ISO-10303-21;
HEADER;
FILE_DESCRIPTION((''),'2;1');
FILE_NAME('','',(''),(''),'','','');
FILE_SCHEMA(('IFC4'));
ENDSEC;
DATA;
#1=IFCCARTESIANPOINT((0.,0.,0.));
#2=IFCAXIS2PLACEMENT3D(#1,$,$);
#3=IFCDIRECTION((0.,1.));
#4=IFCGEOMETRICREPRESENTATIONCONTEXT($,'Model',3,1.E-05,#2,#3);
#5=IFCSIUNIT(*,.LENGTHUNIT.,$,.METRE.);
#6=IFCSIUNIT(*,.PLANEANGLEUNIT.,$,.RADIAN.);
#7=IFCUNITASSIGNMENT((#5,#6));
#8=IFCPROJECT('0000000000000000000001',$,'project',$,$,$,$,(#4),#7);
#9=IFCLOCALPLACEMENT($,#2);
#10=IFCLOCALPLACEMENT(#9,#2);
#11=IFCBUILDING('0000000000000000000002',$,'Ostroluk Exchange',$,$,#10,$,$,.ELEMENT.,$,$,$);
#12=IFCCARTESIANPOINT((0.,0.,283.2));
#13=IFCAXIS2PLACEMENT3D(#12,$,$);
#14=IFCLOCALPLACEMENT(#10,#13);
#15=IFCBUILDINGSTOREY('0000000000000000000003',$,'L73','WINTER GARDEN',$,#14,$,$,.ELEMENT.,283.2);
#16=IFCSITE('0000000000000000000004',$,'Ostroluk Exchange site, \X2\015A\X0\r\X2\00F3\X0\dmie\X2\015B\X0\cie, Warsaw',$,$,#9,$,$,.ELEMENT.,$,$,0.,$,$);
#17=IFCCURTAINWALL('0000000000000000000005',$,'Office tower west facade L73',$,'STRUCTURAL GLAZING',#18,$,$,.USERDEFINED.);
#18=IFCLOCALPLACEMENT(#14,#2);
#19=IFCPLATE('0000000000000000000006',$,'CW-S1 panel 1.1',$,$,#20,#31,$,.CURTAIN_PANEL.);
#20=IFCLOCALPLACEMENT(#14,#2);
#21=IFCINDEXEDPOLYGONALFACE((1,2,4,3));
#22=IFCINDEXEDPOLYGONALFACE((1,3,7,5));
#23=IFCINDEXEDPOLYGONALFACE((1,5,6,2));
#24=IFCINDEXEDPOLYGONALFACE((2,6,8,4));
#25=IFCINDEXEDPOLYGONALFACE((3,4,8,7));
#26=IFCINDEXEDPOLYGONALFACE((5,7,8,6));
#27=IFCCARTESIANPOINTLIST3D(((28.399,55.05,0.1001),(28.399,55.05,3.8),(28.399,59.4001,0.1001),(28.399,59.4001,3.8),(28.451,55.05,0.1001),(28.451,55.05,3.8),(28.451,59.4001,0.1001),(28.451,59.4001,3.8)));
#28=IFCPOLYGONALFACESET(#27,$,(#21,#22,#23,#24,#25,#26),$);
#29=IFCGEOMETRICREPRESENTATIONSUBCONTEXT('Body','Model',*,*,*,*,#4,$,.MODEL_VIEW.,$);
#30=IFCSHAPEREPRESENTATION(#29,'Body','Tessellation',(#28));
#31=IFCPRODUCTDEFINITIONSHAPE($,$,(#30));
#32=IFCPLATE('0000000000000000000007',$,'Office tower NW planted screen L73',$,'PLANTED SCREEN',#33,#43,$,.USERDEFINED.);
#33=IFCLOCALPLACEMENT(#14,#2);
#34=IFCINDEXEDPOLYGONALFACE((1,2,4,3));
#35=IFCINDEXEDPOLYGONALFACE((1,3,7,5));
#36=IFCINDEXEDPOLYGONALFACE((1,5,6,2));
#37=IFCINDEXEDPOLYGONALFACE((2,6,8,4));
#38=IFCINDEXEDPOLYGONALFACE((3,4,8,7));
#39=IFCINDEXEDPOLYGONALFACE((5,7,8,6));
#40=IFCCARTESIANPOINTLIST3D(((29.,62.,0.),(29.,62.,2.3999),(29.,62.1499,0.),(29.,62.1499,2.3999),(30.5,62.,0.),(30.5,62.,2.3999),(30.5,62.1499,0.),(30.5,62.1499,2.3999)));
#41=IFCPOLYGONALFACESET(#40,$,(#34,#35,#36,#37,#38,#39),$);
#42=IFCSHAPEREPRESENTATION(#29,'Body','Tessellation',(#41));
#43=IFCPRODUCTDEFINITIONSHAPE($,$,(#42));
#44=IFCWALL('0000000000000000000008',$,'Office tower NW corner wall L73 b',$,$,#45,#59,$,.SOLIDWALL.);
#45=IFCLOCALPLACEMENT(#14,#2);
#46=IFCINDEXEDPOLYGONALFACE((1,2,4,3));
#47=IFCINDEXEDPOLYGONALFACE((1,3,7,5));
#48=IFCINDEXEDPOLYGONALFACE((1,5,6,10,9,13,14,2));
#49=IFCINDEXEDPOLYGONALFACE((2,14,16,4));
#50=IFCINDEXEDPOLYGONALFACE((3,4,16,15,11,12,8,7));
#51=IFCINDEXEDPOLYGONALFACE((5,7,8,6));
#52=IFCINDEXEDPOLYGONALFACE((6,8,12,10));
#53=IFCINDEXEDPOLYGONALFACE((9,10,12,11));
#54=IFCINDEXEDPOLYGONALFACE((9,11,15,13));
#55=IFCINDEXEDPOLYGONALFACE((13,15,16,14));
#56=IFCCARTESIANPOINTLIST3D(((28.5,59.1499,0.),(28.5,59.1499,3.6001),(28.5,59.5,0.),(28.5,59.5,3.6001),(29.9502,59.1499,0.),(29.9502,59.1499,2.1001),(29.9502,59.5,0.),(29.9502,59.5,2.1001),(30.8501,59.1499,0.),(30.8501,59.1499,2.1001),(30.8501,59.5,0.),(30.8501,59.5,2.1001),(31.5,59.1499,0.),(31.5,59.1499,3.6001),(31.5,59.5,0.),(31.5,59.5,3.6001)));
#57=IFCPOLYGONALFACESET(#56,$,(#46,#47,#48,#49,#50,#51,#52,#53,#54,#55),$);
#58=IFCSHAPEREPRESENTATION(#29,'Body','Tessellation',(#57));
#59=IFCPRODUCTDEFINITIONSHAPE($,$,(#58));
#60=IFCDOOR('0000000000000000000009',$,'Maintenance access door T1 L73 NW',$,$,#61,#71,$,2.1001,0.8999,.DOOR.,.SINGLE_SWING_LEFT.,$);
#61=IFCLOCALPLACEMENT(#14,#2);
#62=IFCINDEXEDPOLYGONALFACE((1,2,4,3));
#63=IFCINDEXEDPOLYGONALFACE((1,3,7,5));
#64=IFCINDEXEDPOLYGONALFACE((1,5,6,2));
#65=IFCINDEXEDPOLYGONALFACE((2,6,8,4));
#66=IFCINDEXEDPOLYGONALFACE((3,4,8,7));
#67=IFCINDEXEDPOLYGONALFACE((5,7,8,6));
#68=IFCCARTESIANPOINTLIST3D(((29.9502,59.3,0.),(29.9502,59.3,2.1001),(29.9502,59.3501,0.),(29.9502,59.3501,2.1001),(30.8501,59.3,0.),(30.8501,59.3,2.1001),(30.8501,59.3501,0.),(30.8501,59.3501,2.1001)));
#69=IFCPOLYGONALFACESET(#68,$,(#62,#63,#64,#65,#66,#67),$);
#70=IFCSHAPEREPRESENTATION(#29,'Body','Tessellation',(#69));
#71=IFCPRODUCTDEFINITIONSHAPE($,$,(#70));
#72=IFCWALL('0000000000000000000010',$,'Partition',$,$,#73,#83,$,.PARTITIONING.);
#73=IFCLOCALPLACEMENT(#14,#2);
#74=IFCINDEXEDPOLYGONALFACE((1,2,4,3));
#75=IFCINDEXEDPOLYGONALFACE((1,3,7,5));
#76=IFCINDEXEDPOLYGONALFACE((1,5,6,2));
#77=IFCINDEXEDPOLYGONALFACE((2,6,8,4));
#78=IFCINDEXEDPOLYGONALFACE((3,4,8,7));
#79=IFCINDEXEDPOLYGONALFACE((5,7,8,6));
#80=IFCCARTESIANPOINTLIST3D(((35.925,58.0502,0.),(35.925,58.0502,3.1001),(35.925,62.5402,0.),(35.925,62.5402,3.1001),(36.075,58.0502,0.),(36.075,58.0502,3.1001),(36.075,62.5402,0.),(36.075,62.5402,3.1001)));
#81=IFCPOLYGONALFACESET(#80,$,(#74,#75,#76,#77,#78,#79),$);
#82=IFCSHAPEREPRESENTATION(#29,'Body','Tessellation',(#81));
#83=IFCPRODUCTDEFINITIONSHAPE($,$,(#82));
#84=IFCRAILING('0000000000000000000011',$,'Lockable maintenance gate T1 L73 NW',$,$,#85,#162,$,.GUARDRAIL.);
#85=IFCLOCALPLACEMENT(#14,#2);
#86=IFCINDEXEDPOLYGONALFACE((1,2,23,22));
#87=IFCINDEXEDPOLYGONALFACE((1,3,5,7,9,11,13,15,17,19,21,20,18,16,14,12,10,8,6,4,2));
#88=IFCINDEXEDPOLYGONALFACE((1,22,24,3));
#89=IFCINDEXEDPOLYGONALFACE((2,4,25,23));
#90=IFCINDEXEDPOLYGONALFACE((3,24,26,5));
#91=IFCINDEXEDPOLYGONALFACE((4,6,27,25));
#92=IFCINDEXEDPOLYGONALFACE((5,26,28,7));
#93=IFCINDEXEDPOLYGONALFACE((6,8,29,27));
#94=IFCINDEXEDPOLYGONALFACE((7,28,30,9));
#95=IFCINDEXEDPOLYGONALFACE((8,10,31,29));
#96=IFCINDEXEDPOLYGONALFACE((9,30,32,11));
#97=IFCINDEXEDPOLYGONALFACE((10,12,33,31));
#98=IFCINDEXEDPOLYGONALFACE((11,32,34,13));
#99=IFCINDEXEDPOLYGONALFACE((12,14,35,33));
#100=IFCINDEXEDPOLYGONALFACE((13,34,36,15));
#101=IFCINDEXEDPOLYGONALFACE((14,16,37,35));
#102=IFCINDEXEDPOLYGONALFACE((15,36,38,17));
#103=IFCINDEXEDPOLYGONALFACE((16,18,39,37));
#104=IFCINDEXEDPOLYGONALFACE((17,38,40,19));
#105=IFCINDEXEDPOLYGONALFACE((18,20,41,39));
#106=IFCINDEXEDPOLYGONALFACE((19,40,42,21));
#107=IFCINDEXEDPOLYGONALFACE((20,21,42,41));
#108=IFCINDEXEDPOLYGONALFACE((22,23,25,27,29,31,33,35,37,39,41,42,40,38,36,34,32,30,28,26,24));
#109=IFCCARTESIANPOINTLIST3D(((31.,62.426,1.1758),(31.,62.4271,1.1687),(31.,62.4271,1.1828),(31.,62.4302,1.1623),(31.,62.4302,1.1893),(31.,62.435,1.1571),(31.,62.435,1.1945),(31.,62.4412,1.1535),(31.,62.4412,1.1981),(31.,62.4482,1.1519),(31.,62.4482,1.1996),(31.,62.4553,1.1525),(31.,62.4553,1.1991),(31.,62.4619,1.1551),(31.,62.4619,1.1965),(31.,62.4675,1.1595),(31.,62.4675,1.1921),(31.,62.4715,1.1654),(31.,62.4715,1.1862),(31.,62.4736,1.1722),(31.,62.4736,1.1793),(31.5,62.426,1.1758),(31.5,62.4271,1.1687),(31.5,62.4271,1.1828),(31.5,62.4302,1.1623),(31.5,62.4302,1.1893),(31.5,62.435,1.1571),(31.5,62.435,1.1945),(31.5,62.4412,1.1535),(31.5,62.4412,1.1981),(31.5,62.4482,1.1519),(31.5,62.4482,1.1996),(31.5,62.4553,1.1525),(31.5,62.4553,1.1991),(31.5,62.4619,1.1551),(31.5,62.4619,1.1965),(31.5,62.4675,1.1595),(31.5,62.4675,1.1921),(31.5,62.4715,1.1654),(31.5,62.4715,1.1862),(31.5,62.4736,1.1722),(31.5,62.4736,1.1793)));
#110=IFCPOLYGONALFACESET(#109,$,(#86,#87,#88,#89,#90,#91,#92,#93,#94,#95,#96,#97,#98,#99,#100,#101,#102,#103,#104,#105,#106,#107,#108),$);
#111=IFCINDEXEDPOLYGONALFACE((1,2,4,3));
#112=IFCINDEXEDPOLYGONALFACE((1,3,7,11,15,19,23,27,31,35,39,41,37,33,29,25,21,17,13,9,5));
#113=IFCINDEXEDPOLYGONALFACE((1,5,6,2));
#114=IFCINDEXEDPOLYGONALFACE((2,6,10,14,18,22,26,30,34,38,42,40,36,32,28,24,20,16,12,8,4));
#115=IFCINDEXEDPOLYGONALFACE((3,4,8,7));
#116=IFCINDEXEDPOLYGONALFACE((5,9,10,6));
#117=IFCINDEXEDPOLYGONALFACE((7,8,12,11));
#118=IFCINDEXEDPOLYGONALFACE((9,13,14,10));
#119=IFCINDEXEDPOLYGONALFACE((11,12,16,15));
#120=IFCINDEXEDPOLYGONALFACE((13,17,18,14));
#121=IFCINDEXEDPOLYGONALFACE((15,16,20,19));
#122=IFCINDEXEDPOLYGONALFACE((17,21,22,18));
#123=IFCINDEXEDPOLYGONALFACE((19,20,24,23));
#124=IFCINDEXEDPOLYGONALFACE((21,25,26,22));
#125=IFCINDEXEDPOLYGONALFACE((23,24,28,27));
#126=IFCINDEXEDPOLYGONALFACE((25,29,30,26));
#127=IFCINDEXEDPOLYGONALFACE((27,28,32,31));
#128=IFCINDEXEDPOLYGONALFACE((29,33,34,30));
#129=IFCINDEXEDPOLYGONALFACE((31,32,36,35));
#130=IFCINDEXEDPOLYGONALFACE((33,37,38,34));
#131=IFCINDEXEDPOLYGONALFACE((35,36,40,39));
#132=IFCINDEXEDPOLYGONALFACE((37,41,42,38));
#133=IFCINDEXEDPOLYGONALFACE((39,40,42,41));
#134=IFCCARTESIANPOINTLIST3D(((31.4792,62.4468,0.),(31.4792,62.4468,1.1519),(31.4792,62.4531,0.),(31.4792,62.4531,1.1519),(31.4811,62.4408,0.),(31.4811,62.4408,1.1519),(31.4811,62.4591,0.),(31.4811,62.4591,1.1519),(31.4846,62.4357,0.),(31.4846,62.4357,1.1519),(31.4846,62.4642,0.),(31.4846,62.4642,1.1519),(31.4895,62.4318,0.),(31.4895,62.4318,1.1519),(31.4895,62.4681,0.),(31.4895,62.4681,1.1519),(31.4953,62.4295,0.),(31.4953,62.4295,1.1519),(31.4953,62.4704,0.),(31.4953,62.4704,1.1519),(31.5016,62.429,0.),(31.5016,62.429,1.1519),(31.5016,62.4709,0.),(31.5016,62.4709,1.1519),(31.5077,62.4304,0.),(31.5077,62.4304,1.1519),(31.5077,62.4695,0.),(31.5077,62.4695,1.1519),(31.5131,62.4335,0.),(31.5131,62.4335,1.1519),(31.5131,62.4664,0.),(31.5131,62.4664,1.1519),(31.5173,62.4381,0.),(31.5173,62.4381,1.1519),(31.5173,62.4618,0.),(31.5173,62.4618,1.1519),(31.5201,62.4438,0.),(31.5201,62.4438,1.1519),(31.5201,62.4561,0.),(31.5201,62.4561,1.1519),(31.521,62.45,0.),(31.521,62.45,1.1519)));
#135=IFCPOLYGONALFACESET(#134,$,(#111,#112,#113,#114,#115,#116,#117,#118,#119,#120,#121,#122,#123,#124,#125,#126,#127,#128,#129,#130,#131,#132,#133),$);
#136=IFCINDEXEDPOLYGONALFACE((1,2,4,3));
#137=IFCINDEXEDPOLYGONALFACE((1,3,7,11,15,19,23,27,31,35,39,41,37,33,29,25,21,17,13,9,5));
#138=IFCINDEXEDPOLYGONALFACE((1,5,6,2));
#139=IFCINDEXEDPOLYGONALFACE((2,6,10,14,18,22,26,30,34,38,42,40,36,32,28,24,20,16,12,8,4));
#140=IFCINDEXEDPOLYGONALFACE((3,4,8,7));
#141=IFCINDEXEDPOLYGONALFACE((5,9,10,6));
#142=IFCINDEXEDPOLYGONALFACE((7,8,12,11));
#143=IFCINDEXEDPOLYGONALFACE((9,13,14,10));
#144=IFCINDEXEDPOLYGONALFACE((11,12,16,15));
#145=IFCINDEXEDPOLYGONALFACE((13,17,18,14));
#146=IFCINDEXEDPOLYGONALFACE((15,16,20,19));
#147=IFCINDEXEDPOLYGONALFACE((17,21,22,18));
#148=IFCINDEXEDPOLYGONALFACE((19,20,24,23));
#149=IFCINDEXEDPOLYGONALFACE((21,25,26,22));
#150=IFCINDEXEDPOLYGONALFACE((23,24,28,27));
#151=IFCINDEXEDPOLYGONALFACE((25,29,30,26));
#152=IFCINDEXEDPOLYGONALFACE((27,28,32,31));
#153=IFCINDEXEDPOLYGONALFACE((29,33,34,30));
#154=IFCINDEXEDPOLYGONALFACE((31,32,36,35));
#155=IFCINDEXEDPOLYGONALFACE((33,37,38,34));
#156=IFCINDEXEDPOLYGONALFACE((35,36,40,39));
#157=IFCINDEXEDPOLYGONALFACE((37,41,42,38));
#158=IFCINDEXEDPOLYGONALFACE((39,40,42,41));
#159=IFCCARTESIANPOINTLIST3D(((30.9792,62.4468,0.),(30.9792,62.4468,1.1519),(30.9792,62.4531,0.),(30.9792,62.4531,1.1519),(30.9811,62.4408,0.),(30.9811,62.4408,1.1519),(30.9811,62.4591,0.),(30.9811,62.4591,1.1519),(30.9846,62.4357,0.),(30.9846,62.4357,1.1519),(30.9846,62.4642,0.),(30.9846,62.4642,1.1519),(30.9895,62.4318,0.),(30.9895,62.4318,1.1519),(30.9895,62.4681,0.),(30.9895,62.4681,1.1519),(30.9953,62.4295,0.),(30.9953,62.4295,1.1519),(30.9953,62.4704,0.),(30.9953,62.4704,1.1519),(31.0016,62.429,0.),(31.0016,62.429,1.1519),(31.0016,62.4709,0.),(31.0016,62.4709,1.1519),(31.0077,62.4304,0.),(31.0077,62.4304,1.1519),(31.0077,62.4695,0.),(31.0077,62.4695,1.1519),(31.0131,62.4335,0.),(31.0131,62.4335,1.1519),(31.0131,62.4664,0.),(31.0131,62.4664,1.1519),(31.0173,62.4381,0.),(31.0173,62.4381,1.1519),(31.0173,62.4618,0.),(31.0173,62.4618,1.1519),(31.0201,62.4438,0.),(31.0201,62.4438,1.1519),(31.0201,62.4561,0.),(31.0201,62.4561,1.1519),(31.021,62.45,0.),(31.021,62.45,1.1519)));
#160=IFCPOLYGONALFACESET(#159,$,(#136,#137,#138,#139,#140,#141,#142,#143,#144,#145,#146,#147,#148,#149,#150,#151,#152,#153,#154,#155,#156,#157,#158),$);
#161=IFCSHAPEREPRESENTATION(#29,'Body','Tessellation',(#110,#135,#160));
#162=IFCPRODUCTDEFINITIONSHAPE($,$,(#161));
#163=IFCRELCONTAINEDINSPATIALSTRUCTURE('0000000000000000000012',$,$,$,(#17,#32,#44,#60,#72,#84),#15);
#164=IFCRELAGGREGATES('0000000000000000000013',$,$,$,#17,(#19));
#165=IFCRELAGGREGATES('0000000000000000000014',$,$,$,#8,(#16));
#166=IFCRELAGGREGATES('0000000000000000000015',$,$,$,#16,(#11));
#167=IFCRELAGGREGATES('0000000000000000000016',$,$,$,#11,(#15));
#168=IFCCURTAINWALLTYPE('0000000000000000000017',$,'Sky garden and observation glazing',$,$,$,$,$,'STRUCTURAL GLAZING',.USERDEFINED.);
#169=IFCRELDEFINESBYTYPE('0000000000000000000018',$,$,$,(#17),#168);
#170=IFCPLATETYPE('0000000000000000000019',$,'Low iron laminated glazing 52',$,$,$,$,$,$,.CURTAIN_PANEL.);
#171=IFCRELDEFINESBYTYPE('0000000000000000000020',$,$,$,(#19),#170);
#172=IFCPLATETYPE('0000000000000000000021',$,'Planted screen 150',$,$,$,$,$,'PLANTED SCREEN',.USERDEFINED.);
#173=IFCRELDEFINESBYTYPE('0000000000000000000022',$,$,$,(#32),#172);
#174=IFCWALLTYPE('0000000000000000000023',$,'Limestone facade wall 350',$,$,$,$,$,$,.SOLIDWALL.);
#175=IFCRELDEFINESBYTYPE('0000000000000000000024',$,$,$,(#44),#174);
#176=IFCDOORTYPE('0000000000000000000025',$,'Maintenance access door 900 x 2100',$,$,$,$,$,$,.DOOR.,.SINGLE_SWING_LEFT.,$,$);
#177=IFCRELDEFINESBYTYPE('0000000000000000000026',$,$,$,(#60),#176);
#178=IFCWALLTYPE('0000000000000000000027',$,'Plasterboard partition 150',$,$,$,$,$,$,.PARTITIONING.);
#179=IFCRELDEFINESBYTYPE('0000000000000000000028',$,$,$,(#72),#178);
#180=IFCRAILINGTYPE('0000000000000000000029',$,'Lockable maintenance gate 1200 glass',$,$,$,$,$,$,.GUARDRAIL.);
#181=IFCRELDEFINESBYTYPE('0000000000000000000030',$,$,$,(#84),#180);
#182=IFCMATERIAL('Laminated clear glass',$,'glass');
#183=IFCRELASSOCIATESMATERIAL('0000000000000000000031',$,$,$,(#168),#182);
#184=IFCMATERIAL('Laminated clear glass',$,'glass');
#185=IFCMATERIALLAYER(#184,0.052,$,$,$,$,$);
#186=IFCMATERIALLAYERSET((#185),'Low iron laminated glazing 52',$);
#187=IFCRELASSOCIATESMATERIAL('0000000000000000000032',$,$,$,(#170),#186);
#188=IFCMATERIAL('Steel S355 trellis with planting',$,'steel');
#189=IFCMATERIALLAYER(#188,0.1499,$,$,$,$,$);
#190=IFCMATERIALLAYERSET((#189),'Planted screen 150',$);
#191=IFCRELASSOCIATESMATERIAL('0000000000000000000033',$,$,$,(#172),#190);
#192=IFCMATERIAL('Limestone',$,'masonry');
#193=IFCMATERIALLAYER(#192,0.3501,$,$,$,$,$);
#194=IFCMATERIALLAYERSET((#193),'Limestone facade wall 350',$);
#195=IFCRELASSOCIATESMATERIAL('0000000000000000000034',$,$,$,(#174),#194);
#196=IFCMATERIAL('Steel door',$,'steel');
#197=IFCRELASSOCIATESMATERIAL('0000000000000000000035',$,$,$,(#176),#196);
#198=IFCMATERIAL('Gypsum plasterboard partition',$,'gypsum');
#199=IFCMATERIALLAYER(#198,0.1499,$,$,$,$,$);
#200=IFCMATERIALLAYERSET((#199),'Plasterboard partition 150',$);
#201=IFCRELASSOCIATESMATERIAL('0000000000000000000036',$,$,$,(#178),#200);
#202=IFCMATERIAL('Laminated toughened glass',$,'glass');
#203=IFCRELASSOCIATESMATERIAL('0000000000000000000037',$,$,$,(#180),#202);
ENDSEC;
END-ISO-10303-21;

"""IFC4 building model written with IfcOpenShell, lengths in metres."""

from ifc_helpers import new_model, si_unit, direction, frame, frame_2d, origin, origin_2d, place, context, subcontext, project, spatial, rectangle, circle, extrude, material, layer, layer_set, type_object, element, fill, aggregate, save


model = new_model("IFC4")

# Units and contexts
model_context = context("Model", 3, precision=1e-05, world=origin(), true_north=direction((0.0, 1.0)))
body_context = subcontext(model_context, "Body", "Model", "MODEL_VIEW")
ifc_project = project(units=[si_unit("LENGTHUNIT", "METRE"), si_unit("PLANEANGLEUNIT", "RADIAN")], contexts=[model_context])

# Site, building, storey
site_placement = place(None, origin())
site = spatial("IfcSite", under=ifc_project, at=site_placement, Name="Ostroluk Exchange site, Śródmieście, Warsaw", CompositionType="ELEMENT", RefElevation=0.0)
building_placement = place(site_placement, origin())
building = spatial("IfcBuilding", under=site, at=building_placement, Name="Ostroluk Exchange", CompositionType="ELEMENT")
storey_placement = place(building_placement, frame((0.0, 0.0, 283.2)))
storey = spatial("IfcBuildingStorey", under=building, at=storey_placement, Name="L73", Description="WINTER GARDEN", CompositionType="ELEMENT", Elevation=283.2)

# Shared definitions
ifc_material_1 = material(Name="Laminated clear glass", Category="glass")
curtain_wall_type = type_object("IfcCurtainWallType", Name="Sky garden and observation glazing", ElementType="STRUCTURAL GLAZING", PredefinedType="USERDEFINED", material=ifc_material_1)

# Curtain wall
curtain_wall_1_placement = place(storey_placement, origin())
curtain_wall_1 = element("IfcCurtainWall", 1, at=curtain_wall_1_placement, inside=storey, type_object=curtain_wall_type, Name="Office tower west facade L73", ObjectType="STRUCTURAL GLAZING", PredefinedType="USERDEFINED")

# Plates
ifc_material_2 = material(Name="Laminated clear glass", Category="glass")
ifc_layer_1 = layer(ifc_material_2, 0.052)
ifc_layer_set_1 = layer_set([ifc_layer_1], Name="Low iron laminated glazing 52")
plate_type_1 = type_object("IfcPlateType", Name="Low iron laminated glazing 52", PredefinedType="CURTAIN_PANEL", material=ifc_layer_set_1)
plate_1_placement = place(storey_placement, frame((28.425, 57.2251, 0.1001), z_axis=(0.0, 0.0, 1.0), x_axis=(0.0, -1.0, 0.0)))
plate_1 = element("IfcPlate", 2, at=plate_1_placement, type_object=plate_type_1, Name="CW-S1 panel 1.1", PredefinedType="CURTAIN_PANEL", context=body_context, shape_type="SweptSolid", body=[
    extrude(rectangle(XDim=4.3501, YDim=0.052, at=origin_2d()), origin(), (0.0, 0.0, 1.0), 3.7),
])
aggregate(curtain_wall_1, [plate_1])
ifc_material_3 = material(Name="Steel S355 trellis with planting", Category="steel")
ifc_layer_2 = layer(ifc_material_3, 0.1499)
ifc_layer_set_2 = layer_set([ifc_layer_2], Name="Planted screen 150")
plate_type_2 = type_object("IfcPlateType", Name="Planted screen 150", ElementType="PLANTED SCREEN", PredefinedType="USERDEFINED", material=ifc_layer_set_2)
plate_2_placement = place(storey_placement, frame((29.75, 62.075, 0.0), z_axis=(0.0, 0.0, 1.0), x_axis=(1.0, 0.0, 0.0)))
element("IfcPlate", 3, at=plate_2_placement, inside=storey, type_object=plate_type_2, Name="Office tower NW planted screen L73", ObjectType="PLANTED SCREEN", PredefinedType="USERDEFINED", context=body_context, shape_type="SweptSolid", body=[
    extrude(rectangle(XDim=1.5, YDim=0.1499, at=origin_2d()), origin(), (0.0, 0.0, 1.0), 2.3999),
])

# Wall, opening, door
ifc_material_4 = material(Name="Limestone", Category="masonry")
ifc_layer_3 = layer(ifc_material_4, 0.3501)
ifc_layer_set_3 = layer_set([ifc_layer_3], Name="Limestone facade wall 350")
wall_type_1 = type_object("IfcWallType", Name="Limestone facade wall 350", PredefinedType="SOLIDWALL", material=ifc_layer_set_3)
wall_1_placement = place(storey_placement, frame((31.5, 59.325, 0.0), z_axis=(0.0, 0.0, 1.0), x_axis=(-1.0, 0.0, 0.0)))
wall_1 = element("IfcWall", 4, at=wall_1_placement, inside=storey, type_object=wall_type_1, Name="Office tower NW corner wall L73 b", PredefinedType="SOLIDWALL", context=body_context, shape_type="SweptSolid", body=[
    extrude(rectangle(XDim=3.0, YDim=0.3501, at=frame_2d((1.5, 0.0))), origin(), (0.0, 0.0, 1.0), 3.6001),
])
opening_1_placement = place(wall_1_placement, frame((0.6499, 0.0, 0.0)))
opening_1 = element("IfcOpeningElement", 5, at=opening_1_placement, cuts=wall_1, PredefinedType="OPENING", context=body_context, shape_type="SweptSolid", body=[
    extrude(rectangle(XDim=0.8999, YDim=2.1001, at=frame_2d((0.45, 1.05))), frame((0.0, 0.1851, 0.0), z_axis=(0.0, -1.0, 0.0), x_axis=(1.0, 0.0, 0.0)), (0.0, 0.0, 1.0), 0.3701),
])
ifc_material_5 = material(Name="Steel door", Category="steel")
door_type_1 = type_object("IfcDoorType", Name="Maintenance access door 900 x 2100", OperationType="SINGLE_SWING_LEFT", PredefinedType="DOOR", material=ifc_material_5)
door_1_placement = place(opening_1_placement, origin())
door_1 = element("IfcDoor", 6, at=door_1_placement, inside=storey, type_object=door_type_1, Name="Maintenance access door T1 L73 NW", OperationType="SINGLE_SWING_LEFT", OverallHeight=2.1001, OverallWidth=0.8999, PredefinedType="DOOR", context=body_context, shape_type="SweptSolid", body=[
    extrude(rectangle(XDim=0.8999, YDim=2.1001, at=frame_2d((0.45, 1.05))), frame((0.0, 0.0249, 0.0), z_axis=(0.0, -1.0, 0.0), x_axis=(1.0, 0.0, 0.0)), (0.0, 0.0, 1.0), 0.05),
])
fill(opening_1, door_1)

# Wall
ifc_material_6 = material(Name="Gypsum plasterboard partition", Category="gypsum")
ifc_layer_4 = layer(ifc_material_6, 0.1499)
ifc_layer_set_4 = layer_set([ifc_layer_4], Name="Plasterboard partition 150")
wall_type_2 = type_object("IfcWallType", Name="Plasterboard partition 150", PredefinedType="PARTITIONING", material=ifc_layer_set_4)
wall_2_placement = place(storey_placement, frame((36.0, 58.05, 0.0), z_axis=(0.0, 0.0, 1.0), x_axis=(0.0, 1.0, 0.0)))
element("IfcWall", 7, at=wall_2_placement, inside=storey, type_object=wall_type_2, Name="Partition", PredefinedType="PARTITIONING", context=body_context, shape_type="SweptSolid", body=[
    extrude(rectangle(XDim=4.49, YDim=0.1499, at=frame_2d((2.2451, 0.0))), origin(), (0.0, 0.0, 1.0), 3.1001),
])

# Railing
ifc_material_7 = material(Name="Laminated toughened glass", Category="glass")
railing_type_1 = type_object("IfcRailingType", Name="Lockable maintenance gate 1200 glass", PredefinedType="GUARDRAIL", material=ifc_material_7)
railing_1_placement = place(storey_placement, frame((31.5, 62.45, 0.0)))
element("IfcRailing", 8, at=railing_1_placement, inside=storey, type_object=railing_type_1, Name="Lockable maintenance gate T1 L73 NW", PredefinedType="GUARDRAIL", context=body_context, shape_type="SweptSolid", body=[
    extrude(circle(Radius=0.0239, at=origin_2d()), frame((0.0, 0.0, 1.1758), z_axis=(-1.0, 0.0, 0.0), x_axis=(0.0, -1.0, 0.0)), (0.0, 0.0, 1.0), 0.5),
    extrude(circle(Radius=0.021, at=origin_2d()), origin(), (0.0, 0.0, 1.0), 1.1519),
    extrude(circle(Radius=0.021, at=origin_2d()), frame((-0.5, 0.0, 0.0)), (0.0, 0.0, 1.0), 1.1519),
])

save(model, "model.ifc")
